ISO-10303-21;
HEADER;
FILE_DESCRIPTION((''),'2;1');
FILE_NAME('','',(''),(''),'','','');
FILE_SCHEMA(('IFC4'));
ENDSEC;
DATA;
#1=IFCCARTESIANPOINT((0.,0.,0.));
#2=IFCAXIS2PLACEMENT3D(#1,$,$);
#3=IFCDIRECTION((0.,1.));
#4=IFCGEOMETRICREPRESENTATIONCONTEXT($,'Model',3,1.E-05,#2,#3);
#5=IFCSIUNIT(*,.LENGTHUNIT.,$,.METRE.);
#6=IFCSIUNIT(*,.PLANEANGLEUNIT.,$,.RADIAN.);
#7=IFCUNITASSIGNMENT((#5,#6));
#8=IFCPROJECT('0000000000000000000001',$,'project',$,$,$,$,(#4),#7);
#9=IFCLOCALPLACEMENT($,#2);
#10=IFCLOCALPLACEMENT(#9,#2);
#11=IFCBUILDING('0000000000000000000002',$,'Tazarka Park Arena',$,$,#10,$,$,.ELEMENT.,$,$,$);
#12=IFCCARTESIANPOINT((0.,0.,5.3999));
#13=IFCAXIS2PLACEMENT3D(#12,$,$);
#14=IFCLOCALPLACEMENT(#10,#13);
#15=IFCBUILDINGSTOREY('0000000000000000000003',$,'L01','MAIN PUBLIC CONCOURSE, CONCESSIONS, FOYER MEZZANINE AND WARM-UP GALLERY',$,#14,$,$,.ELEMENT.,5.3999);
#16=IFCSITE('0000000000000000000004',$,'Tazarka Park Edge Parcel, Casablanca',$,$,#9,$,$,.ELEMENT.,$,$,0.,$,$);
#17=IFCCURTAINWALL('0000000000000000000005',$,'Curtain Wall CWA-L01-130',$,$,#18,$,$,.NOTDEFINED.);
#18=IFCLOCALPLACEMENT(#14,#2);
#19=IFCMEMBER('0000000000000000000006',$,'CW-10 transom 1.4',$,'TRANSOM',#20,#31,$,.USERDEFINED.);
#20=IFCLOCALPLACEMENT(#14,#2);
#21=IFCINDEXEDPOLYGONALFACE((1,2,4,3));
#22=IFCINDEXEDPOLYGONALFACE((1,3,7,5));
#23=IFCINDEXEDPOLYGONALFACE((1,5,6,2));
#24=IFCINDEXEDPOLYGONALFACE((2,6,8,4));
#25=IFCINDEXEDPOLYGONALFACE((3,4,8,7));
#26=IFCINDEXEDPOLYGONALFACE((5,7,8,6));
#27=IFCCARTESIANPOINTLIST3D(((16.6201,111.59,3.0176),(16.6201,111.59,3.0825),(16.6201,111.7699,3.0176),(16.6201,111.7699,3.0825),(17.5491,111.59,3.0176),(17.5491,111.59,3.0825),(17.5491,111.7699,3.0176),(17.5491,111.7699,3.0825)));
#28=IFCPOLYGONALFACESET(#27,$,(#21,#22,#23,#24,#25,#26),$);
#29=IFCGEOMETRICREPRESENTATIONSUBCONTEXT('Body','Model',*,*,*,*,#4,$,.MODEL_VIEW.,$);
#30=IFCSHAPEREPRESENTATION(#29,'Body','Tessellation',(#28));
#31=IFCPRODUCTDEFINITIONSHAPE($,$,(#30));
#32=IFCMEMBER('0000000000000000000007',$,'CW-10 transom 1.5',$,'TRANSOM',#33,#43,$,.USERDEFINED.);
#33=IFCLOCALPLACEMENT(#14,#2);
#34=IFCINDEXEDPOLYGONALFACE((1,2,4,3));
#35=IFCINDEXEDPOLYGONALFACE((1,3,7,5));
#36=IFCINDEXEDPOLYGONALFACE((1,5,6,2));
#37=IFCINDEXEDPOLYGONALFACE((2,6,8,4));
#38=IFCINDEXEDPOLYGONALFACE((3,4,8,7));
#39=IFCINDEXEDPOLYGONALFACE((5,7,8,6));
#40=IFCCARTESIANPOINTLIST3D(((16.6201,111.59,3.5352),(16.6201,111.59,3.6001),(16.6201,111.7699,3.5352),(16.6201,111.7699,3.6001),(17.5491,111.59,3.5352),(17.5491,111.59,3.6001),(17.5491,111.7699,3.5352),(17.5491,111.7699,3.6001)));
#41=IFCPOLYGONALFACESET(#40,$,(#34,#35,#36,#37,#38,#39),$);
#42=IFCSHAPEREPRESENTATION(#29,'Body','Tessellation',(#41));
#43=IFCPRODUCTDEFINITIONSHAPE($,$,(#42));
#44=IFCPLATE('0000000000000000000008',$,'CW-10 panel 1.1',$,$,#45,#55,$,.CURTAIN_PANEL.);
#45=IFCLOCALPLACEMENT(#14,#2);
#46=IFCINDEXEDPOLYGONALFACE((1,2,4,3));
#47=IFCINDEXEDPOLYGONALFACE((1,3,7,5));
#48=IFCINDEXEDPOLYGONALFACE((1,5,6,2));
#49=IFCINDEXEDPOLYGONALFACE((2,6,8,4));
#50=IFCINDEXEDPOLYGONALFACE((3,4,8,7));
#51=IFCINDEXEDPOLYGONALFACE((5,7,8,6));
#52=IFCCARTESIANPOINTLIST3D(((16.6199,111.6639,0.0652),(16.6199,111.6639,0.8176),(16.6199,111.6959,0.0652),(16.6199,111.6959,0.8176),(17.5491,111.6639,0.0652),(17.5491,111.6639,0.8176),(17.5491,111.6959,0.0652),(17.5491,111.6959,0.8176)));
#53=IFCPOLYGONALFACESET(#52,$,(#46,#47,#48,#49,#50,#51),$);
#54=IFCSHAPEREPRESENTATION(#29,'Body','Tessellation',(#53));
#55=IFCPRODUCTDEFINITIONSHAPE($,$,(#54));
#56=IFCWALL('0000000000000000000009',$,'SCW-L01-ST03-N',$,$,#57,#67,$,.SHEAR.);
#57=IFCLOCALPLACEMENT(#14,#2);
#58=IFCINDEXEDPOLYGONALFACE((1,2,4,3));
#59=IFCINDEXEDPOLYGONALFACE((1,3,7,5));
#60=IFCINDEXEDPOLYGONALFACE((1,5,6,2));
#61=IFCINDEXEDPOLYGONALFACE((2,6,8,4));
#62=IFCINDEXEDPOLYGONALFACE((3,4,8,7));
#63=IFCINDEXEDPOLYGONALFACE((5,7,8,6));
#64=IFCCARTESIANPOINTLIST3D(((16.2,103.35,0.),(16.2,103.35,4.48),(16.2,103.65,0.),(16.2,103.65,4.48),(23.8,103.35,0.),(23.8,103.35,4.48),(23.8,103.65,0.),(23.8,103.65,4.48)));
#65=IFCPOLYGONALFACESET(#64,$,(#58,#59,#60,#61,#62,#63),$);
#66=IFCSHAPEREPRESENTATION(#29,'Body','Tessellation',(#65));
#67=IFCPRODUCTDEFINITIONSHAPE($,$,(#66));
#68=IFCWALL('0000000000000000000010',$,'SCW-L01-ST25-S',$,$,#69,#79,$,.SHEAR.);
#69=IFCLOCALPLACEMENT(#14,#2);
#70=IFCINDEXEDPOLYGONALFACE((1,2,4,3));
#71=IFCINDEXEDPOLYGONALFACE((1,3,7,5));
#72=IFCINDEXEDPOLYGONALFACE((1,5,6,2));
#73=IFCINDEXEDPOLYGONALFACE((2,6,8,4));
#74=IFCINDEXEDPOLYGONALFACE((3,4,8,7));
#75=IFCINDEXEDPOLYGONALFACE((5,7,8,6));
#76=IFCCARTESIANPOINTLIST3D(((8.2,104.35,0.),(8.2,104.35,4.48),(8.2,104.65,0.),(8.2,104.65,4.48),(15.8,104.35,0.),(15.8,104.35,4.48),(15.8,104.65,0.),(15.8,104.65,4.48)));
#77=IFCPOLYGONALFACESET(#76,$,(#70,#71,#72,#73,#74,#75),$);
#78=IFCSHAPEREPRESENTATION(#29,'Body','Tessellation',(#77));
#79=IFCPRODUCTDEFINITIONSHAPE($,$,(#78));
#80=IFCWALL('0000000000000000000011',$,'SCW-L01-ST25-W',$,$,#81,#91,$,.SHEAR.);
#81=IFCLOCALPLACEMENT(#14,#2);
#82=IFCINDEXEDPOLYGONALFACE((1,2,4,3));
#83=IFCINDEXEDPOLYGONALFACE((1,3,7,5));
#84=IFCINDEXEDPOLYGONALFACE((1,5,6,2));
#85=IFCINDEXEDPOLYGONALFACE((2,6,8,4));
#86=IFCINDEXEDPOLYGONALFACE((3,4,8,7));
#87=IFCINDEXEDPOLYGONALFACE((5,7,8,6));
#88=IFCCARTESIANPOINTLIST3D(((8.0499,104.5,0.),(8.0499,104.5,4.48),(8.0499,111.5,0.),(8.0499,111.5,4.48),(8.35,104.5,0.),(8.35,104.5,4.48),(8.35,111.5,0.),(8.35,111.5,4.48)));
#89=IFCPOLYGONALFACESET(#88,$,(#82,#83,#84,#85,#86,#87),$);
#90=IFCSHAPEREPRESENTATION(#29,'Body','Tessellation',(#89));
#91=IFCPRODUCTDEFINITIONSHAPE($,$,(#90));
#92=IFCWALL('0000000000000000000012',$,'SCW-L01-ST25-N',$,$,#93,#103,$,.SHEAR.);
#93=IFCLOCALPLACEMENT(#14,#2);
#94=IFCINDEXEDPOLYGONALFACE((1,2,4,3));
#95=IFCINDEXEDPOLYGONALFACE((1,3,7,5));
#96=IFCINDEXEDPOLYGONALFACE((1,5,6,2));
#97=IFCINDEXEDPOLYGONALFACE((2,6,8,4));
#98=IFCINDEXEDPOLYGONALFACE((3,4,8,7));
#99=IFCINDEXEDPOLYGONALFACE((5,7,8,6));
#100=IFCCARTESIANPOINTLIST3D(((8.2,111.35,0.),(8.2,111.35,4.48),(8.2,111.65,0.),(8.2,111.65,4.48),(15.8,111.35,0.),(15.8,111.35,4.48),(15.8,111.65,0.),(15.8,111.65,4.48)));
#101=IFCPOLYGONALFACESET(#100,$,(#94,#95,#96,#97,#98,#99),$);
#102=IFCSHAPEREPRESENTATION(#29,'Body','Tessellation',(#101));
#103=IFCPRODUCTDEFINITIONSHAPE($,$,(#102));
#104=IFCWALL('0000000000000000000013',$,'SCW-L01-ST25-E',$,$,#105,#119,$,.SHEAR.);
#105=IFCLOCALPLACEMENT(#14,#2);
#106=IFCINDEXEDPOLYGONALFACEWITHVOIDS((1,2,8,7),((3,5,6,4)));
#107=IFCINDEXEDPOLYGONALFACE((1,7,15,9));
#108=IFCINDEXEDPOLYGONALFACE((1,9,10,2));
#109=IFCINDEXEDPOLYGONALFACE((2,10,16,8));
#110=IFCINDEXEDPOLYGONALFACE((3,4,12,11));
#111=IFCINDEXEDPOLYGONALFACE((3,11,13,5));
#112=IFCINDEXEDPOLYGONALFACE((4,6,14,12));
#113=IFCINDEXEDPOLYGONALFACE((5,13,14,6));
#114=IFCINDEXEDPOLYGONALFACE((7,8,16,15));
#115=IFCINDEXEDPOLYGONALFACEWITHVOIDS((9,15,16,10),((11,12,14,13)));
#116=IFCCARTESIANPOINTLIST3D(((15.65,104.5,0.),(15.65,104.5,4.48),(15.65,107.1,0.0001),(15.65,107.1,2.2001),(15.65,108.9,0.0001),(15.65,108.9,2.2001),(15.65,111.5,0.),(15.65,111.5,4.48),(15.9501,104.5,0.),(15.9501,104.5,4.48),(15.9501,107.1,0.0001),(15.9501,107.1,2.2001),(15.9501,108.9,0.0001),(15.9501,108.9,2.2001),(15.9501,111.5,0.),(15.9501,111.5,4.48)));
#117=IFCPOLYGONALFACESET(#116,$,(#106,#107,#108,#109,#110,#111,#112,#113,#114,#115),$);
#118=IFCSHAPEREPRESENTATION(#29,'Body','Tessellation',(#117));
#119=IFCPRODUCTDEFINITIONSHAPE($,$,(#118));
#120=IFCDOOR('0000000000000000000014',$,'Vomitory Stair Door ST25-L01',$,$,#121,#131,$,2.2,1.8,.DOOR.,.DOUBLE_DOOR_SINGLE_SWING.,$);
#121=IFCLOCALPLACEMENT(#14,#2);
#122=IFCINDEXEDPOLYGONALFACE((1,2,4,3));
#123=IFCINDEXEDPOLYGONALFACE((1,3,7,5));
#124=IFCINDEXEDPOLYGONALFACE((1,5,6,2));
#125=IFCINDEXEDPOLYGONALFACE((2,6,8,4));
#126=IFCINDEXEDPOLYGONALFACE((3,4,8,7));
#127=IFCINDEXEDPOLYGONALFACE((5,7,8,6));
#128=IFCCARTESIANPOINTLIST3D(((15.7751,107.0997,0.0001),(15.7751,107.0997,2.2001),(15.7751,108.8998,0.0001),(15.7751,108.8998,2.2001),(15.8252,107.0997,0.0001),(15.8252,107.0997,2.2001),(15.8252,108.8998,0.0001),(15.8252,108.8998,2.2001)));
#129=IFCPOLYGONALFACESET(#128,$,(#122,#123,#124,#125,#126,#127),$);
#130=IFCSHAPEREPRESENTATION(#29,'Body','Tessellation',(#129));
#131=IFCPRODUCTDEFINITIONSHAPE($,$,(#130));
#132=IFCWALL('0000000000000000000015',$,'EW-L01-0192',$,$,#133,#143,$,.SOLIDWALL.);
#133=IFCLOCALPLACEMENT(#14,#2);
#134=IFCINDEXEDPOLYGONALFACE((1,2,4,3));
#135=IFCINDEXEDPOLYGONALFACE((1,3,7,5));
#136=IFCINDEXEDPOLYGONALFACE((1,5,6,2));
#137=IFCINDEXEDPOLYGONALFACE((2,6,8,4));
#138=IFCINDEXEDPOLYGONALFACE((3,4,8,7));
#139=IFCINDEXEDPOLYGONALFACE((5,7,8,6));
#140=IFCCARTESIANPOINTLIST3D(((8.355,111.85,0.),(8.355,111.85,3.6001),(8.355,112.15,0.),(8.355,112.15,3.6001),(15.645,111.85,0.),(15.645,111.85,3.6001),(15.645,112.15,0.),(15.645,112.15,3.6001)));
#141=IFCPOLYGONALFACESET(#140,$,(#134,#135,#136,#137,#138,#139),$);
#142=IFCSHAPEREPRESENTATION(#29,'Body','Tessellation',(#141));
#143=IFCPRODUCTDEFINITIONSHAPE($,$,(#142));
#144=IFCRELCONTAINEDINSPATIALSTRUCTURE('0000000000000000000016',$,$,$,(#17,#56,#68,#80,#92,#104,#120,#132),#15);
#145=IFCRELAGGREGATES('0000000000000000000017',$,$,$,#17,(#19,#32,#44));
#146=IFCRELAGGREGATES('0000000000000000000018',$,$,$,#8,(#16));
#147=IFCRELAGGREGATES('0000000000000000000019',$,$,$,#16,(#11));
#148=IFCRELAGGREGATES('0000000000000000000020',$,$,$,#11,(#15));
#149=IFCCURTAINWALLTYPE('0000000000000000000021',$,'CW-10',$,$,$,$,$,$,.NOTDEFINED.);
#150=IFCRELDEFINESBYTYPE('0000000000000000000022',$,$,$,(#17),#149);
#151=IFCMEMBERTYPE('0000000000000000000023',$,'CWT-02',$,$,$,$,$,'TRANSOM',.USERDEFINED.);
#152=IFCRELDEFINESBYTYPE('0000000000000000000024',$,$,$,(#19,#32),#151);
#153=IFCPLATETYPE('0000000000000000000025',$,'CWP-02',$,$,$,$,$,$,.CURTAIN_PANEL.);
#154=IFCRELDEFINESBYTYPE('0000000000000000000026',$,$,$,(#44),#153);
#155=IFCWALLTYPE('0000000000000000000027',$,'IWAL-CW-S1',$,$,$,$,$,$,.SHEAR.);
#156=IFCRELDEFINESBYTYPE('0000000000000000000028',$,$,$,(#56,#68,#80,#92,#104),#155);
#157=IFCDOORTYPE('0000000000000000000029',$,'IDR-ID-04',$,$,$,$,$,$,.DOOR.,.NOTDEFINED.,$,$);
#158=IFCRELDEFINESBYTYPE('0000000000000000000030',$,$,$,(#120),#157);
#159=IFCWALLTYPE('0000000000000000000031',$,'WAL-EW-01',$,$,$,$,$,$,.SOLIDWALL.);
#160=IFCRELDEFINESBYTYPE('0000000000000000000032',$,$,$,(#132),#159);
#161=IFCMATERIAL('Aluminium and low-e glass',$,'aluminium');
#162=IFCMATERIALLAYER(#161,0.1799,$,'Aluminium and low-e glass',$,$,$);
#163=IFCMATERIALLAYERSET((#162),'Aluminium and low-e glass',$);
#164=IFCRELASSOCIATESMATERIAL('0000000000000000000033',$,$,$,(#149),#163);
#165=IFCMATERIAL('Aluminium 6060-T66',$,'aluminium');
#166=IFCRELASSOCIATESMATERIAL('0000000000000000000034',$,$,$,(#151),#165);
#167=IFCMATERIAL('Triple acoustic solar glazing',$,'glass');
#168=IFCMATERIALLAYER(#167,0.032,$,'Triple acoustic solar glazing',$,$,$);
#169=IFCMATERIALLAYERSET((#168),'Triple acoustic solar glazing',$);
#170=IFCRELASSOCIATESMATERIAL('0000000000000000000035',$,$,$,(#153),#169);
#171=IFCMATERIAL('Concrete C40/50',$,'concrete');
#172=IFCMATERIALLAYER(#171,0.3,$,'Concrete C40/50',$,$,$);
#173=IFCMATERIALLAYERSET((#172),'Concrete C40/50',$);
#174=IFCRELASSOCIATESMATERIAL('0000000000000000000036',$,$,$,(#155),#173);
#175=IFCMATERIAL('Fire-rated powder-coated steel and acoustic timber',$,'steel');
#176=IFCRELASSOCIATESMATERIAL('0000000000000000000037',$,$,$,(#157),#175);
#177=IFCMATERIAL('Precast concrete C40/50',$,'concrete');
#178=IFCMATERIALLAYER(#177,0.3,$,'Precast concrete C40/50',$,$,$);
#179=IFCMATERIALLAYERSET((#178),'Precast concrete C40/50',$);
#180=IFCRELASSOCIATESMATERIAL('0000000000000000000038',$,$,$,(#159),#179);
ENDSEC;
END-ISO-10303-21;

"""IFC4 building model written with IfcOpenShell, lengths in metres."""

from ifc_helpers import new_model, si_unit, direction, frame, frame_2d, origin, origin_2d, place, context, subcontext, project, spatial, rectangle, extrude, material, layer, layer_set, material_profile, profile_set, type_object, element, fill, aggregate, save


model = new_model("IFC4")

# Units and contexts
model_context = context("Model", 3, precision=1e-05, world=origin(), true_north=direction((0.0, 1.0)))
body_context = subcontext(model_context, "Body", "Model", "MODEL_VIEW")
ifc_project = project(units=[si_unit("LENGTHUNIT", "METRE"), si_unit("PLANEANGLEUNIT", "RADIAN")], contexts=[model_context])

# Site, building, storey
site_placement = place(None, origin())
site = spatial("IfcSite", under=ifc_project, at=site_placement, Name="Tazarka Park Edge Parcel, Casablanca", CompositionType="ELEMENT", RefElevation=0.0)
building_placement = place(site_placement, origin())
building = spatial("IfcBuilding", under=site, at=building_placement, Name="Tazarka Park Arena", CompositionType="ELEMENT")
storey_placement = place(building_placement, frame((0.0, 0.0, 5.3999)))
storey = spatial("IfcBuildingStorey", under=building, at=storey_placement, Name="L01", Description="MAIN PUBLIC CONCOURSE, CONCESSIONS, FOYER MEZZANINE AND WARM-UP GALLERY", CompositionType="ELEMENT", Elevation=5.3999)

# Curtain wall, members, plate
ifc_material_1 = material(Name="Aluminium and low-e glass", Category="aluminium")
ifc_layer_1 = layer(ifc_material_1, 0.1799, Name="Aluminium and low-e glass")
ifc_layer_set_1 = layer_set([ifc_layer_1], Name="Aluminium and low-e glass")
curtain_wall_type = type_object("IfcCurtainWallType", Name="CW-10", PredefinedType="NOTDEFINED", material=ifc_layer_set_1)
curtain_wall_placement = place(storey_placement, origin())
curtain_wall = element("IfcCurtainWall", 1, at=curtain_wall_placement, inside=storey, type_object=curtain_wall_type, Name="Curtain Wall CWA-L01-130", PredefinedType="NOTDEFINED")
ifc_material_2 = material(Name="Aluminium 6060-T66", Category="aluminium")
ifc_material_profile_1 = material_profile(ifc_material_2, rectangle(XDim=0.1799, YDim=0.0649, at=origin_2d()), Name="Aluminium 6060-T66")
ifc_profile_set_1 = profile_set([ifc_material_profile_1], Name="Aluminium 6060-T66")
member_type_1 = type_object("IfcMemberType", Name="CWT-02", ElementType="TRANSOM", PredefinedType="USERDEFINED", material=ifc_profile_set_1)
member_1_placement = place(storey_placement, frame((16.6201, 111.6799, 3.05), z_axis=(1.0, 0.0, 0.0), x_axis=(0.0, 1.0, 0.0)))
member_1 = element("IfcMember", 2, at=member_1_placement, type_object=member_type_1, Name="CW-10 transom 1.4", ObjectType="TRANSOM", PredefinedType="USERDEFINED", context=body_context, shape_type="SweptSolid", body=[
    extrude(rectangle(XDim=0.1799, YDim=0.0649, at=origin_2d()), origin(), (0.0, 0.0, 1.0), 0.929),
])
member_2_placement = place(storey_placement, frame((16.6201, 111.6799, 3.5676), z_axis=(1.0, 0.0, 0.0), x_axis=(0.0, 1.0, 0.0)))
member_2 = element("IfcMember", 3, at=member_2_placement, type_object=member_type_1, Name="CW-10 transom 1.5", ObjectType="TRANSOM", PredefinedType="USERDEFINED", context=body_context, shape_type="SweptSolid", body=[
    extrude(rectangle(XDim=0.1799, YDim=0.0649, at=origin_2d()), origin(), (0.0, 0.0, 1.0), 0.929),
])
ifc_material_3 = material(Name="Triple acoustic solar glazing", Category="glass")
ifc_layer_2 = layer(ifc_material_3, 0.032, Name="Triple acoustic solar glazing")
ifc_layer_set_2 = layer_set([ifc_layer_2], Name="Triple acoustic solar glazing")
plate_type = type_object("IfcPlateType", Name="CWP-02", PredefinedType="CURTAIN_PANEL", material=ifc_layer_set_2)
plate_placement = place(storey_placement, frame((17.0845, 111.6799, 0.0652), z_axis=(0.0, 0.0, 1.0), x_axis=(1.0, 0.0, 0.0)))
plate = element("IfcPlate", 4, at=plate_placement, type_object=plate_type, Name="CW-10 panel 1.1", PredefinedType="CURTAIN_PANEL", context=body_context, shape_type="SweptSolid", body=[
    extrude(rectangle(XDim=0.9292, YDim=0.032, at=origin_2d()), origin(), (0.0, 0.0, 1.0), 0.7524),
])
aggregate(curtain_wall, [member_1, member_2, plate])

# Walls
ifc_material_4 = material(Name="Concrete C40/50", Category="concrete")
ifc_layer_3 = layer(ifc_material_4, 0.3, Name="Concrete C40/50")
ifc_layer_set_3 = layer_set([ifc_layer_3], Name="Concrete C40/50")
wall_type_1 = type_object("IfcWallType", Name="IWAL-CW-S1", PredefinedType="SHEAR", material=ifc_layer_set_3)
for number, where, z_axis, x_axis, name in (
    (5, (16.2, 103.5, 0.0), (0.0, 0.0, 1.0), (1.0, 0.0, 0.0), "SCW-L01-ST03-N"),
    (6, (15.8, 104.5, 0.0), (0.0, 0.0, 1.0), (-1.0, 0.0, 0.0), "SCW-L01-ST25-S"),
):
    element("IfcWall", number, at=place(storey_placement, frame(where, z_axis=z_axis, x_axis=x_axis)), inside=storey, type_object=wall_type_1, Name=name, PredefinedType="SHEAR", context=body_context, shape_type="SweptSolid", body=[
        extrude(rectangle(XDim=7.6001, YDim=0.3, at=frame_2d((3.8, 0.0))), origin(), (0.0, 0.0, 1.0), 4.48),
    ])
wall_1_placement = place(storey_placement, frame((8.2, 104.5, 0.0), z_axis=(0.0, 0.0, 1.0), x_axis=(0.0, 1.0, 0.0)))
element("IfcWall", 7, at=wall_1_placement, inside=storey, type_object=wall_type_1, Name="SCW-L01-ST25-W", PredefinedType="SHEAR", context=body_context, shape_type="SweptSolid", body=[
    extrude(rectangle(XDim=7.0, YDim=0.3, at=frame_2d((3.5, 0.0))), origin(), (0.0, 0.0, 1.0), 4.48),
])
wall_2_placement = place(storey_placement, frame((8.2, 111.5, 0.0), z_axis=(0.0, 0.0, 1.0), x_axis=(1.0, 0.0, 0.0)))
element("IfcWall", 8, at=wall_2_placement, inside=storey, type_object=wall_type_1, Name="SCW-L01-ST25-N", PredefinedType="SHEAR", context=body_context, shape_type="SweptSolid", body=[
    extrude(rectangle(XDim=7.6001, YDim=0.3, at=frame_2d((3.8, 0.0))), origin(), (0.0, 0.0, 1.0), 4.48),
])

# Wall, opening, door
wall_3_placement = place(storey_placement, frame((15.8, 111.5, 0.0), z_axis=(0.0, 0.0, 1.0), x_axis=(0.0, -1.0, 0.0)))
wall_3 = element("IfcWall", 9, at=wall_3_placement, inside=storey, type_object=wall_type_1, Name="SCW-L01-ST25-E", PredefinedType="SHEAR", context=body_context, shape_type="SweptSolid", body=[
    extrude(rectangle(XDim=7.0, YDim=0.3, at=frame_2d((3.5, 0.0))), origin(), (0.0, 0.0, 1.0), 4.48),
])
opening_placement = place(wall_3_placement, frame((2.6001, 0.0, 0.0)))
opening = element("IfcOpeningElement", 10, at=opening_placement, cuts=wall_3, PredefinedType="OPENING", context=body_context, shape_type="SweptSolid", body=[
    extrude(rectangle(XDim=1.8, YDim=2.2, at=frame_2d((0.8999, 1.1001))), frame((0.0, 0.1602, 0.0), z_axis=(0.0, -1.0, 0.0), x_axis=(1.0, 0.0, 0.0)), (0.0, 0.0, 1.0), 0.3201),
])
ifc_material_5 = material(Name="Fire-rated powder-coated steel and acoustic timber", Category="steel")
door_type = type_object("IfcDoorType", Name="IDR-ID-04", OperationType="NOTDEFINED", PredefinedType="DOOR", material=ifc_material_5)
door_placement = place(opening_placement, frame((1.8, 0.0, 0.0), z_axis=(0.0, 0.0, 1.0), x_axis=(-1.0, 0.0, 0.0)))
door = element("IfcDoor", 11, at=door_placement, inside=storey, type_object=door_type, Name="Vomitory Stair Door ST25-L01", OperationType="DOUBLE_DOOR_SINGLE_SWING", OverallHeight=2.2, OverallWidth=1.8, PredefinedType="DOOR", context=body_context, shape_type="SweptSolid", body=[
    extrude(rectangle(XDim=1.8, YDim=2.2, at=frame_2d((0.8999, 1.1001))), frame((0.0, 0.0249, 0.0), z_axis=(0.0, -1.0, 0.0), x_axis=(1.0, 0.0, 0.0)), (0.0, 0.0, 1.0), 0.05),
])
fill(opening, door)

# Wall
ifc_material_6 = material(Name="Precast concrete C40/50", Category="concrete")
ifc_layer_4 = layer(ifc_material_6, 0.3, Name="Precast concrete C40/50")
ifc_layer_set_4 = layer_set([ifc_layer_4], Name="Precast concrete C40/50")
wall_type_2 = type_object("IfcWallType", Name="WAL-EW-01", PredefinedType="SOLIDWALL", material=ifc_layer_set_4)
wall_4_placement = place(storey_placement, frame((8.355, 112.0, 0.0), z_axis=(0.0, 0.0, 1.0), x_axis=(1.0, 0.0, 0.0)))
element("IfcWall", 12, at=wall_4_placement, inside=storey, type_object=wall_type_2, Name="EW-L01-0192", PredefinedType="SOLIDWALL", context=body_context, shape_type="SweptSolid", body=[
    extrude(rectangle(XDim=7.29, YDim=0.3, at=frame_2d((3.645, 0.0))), origin(), (0.0, 0.0, 1.0), 3.6001),
])

save(model, "model.ifc")
